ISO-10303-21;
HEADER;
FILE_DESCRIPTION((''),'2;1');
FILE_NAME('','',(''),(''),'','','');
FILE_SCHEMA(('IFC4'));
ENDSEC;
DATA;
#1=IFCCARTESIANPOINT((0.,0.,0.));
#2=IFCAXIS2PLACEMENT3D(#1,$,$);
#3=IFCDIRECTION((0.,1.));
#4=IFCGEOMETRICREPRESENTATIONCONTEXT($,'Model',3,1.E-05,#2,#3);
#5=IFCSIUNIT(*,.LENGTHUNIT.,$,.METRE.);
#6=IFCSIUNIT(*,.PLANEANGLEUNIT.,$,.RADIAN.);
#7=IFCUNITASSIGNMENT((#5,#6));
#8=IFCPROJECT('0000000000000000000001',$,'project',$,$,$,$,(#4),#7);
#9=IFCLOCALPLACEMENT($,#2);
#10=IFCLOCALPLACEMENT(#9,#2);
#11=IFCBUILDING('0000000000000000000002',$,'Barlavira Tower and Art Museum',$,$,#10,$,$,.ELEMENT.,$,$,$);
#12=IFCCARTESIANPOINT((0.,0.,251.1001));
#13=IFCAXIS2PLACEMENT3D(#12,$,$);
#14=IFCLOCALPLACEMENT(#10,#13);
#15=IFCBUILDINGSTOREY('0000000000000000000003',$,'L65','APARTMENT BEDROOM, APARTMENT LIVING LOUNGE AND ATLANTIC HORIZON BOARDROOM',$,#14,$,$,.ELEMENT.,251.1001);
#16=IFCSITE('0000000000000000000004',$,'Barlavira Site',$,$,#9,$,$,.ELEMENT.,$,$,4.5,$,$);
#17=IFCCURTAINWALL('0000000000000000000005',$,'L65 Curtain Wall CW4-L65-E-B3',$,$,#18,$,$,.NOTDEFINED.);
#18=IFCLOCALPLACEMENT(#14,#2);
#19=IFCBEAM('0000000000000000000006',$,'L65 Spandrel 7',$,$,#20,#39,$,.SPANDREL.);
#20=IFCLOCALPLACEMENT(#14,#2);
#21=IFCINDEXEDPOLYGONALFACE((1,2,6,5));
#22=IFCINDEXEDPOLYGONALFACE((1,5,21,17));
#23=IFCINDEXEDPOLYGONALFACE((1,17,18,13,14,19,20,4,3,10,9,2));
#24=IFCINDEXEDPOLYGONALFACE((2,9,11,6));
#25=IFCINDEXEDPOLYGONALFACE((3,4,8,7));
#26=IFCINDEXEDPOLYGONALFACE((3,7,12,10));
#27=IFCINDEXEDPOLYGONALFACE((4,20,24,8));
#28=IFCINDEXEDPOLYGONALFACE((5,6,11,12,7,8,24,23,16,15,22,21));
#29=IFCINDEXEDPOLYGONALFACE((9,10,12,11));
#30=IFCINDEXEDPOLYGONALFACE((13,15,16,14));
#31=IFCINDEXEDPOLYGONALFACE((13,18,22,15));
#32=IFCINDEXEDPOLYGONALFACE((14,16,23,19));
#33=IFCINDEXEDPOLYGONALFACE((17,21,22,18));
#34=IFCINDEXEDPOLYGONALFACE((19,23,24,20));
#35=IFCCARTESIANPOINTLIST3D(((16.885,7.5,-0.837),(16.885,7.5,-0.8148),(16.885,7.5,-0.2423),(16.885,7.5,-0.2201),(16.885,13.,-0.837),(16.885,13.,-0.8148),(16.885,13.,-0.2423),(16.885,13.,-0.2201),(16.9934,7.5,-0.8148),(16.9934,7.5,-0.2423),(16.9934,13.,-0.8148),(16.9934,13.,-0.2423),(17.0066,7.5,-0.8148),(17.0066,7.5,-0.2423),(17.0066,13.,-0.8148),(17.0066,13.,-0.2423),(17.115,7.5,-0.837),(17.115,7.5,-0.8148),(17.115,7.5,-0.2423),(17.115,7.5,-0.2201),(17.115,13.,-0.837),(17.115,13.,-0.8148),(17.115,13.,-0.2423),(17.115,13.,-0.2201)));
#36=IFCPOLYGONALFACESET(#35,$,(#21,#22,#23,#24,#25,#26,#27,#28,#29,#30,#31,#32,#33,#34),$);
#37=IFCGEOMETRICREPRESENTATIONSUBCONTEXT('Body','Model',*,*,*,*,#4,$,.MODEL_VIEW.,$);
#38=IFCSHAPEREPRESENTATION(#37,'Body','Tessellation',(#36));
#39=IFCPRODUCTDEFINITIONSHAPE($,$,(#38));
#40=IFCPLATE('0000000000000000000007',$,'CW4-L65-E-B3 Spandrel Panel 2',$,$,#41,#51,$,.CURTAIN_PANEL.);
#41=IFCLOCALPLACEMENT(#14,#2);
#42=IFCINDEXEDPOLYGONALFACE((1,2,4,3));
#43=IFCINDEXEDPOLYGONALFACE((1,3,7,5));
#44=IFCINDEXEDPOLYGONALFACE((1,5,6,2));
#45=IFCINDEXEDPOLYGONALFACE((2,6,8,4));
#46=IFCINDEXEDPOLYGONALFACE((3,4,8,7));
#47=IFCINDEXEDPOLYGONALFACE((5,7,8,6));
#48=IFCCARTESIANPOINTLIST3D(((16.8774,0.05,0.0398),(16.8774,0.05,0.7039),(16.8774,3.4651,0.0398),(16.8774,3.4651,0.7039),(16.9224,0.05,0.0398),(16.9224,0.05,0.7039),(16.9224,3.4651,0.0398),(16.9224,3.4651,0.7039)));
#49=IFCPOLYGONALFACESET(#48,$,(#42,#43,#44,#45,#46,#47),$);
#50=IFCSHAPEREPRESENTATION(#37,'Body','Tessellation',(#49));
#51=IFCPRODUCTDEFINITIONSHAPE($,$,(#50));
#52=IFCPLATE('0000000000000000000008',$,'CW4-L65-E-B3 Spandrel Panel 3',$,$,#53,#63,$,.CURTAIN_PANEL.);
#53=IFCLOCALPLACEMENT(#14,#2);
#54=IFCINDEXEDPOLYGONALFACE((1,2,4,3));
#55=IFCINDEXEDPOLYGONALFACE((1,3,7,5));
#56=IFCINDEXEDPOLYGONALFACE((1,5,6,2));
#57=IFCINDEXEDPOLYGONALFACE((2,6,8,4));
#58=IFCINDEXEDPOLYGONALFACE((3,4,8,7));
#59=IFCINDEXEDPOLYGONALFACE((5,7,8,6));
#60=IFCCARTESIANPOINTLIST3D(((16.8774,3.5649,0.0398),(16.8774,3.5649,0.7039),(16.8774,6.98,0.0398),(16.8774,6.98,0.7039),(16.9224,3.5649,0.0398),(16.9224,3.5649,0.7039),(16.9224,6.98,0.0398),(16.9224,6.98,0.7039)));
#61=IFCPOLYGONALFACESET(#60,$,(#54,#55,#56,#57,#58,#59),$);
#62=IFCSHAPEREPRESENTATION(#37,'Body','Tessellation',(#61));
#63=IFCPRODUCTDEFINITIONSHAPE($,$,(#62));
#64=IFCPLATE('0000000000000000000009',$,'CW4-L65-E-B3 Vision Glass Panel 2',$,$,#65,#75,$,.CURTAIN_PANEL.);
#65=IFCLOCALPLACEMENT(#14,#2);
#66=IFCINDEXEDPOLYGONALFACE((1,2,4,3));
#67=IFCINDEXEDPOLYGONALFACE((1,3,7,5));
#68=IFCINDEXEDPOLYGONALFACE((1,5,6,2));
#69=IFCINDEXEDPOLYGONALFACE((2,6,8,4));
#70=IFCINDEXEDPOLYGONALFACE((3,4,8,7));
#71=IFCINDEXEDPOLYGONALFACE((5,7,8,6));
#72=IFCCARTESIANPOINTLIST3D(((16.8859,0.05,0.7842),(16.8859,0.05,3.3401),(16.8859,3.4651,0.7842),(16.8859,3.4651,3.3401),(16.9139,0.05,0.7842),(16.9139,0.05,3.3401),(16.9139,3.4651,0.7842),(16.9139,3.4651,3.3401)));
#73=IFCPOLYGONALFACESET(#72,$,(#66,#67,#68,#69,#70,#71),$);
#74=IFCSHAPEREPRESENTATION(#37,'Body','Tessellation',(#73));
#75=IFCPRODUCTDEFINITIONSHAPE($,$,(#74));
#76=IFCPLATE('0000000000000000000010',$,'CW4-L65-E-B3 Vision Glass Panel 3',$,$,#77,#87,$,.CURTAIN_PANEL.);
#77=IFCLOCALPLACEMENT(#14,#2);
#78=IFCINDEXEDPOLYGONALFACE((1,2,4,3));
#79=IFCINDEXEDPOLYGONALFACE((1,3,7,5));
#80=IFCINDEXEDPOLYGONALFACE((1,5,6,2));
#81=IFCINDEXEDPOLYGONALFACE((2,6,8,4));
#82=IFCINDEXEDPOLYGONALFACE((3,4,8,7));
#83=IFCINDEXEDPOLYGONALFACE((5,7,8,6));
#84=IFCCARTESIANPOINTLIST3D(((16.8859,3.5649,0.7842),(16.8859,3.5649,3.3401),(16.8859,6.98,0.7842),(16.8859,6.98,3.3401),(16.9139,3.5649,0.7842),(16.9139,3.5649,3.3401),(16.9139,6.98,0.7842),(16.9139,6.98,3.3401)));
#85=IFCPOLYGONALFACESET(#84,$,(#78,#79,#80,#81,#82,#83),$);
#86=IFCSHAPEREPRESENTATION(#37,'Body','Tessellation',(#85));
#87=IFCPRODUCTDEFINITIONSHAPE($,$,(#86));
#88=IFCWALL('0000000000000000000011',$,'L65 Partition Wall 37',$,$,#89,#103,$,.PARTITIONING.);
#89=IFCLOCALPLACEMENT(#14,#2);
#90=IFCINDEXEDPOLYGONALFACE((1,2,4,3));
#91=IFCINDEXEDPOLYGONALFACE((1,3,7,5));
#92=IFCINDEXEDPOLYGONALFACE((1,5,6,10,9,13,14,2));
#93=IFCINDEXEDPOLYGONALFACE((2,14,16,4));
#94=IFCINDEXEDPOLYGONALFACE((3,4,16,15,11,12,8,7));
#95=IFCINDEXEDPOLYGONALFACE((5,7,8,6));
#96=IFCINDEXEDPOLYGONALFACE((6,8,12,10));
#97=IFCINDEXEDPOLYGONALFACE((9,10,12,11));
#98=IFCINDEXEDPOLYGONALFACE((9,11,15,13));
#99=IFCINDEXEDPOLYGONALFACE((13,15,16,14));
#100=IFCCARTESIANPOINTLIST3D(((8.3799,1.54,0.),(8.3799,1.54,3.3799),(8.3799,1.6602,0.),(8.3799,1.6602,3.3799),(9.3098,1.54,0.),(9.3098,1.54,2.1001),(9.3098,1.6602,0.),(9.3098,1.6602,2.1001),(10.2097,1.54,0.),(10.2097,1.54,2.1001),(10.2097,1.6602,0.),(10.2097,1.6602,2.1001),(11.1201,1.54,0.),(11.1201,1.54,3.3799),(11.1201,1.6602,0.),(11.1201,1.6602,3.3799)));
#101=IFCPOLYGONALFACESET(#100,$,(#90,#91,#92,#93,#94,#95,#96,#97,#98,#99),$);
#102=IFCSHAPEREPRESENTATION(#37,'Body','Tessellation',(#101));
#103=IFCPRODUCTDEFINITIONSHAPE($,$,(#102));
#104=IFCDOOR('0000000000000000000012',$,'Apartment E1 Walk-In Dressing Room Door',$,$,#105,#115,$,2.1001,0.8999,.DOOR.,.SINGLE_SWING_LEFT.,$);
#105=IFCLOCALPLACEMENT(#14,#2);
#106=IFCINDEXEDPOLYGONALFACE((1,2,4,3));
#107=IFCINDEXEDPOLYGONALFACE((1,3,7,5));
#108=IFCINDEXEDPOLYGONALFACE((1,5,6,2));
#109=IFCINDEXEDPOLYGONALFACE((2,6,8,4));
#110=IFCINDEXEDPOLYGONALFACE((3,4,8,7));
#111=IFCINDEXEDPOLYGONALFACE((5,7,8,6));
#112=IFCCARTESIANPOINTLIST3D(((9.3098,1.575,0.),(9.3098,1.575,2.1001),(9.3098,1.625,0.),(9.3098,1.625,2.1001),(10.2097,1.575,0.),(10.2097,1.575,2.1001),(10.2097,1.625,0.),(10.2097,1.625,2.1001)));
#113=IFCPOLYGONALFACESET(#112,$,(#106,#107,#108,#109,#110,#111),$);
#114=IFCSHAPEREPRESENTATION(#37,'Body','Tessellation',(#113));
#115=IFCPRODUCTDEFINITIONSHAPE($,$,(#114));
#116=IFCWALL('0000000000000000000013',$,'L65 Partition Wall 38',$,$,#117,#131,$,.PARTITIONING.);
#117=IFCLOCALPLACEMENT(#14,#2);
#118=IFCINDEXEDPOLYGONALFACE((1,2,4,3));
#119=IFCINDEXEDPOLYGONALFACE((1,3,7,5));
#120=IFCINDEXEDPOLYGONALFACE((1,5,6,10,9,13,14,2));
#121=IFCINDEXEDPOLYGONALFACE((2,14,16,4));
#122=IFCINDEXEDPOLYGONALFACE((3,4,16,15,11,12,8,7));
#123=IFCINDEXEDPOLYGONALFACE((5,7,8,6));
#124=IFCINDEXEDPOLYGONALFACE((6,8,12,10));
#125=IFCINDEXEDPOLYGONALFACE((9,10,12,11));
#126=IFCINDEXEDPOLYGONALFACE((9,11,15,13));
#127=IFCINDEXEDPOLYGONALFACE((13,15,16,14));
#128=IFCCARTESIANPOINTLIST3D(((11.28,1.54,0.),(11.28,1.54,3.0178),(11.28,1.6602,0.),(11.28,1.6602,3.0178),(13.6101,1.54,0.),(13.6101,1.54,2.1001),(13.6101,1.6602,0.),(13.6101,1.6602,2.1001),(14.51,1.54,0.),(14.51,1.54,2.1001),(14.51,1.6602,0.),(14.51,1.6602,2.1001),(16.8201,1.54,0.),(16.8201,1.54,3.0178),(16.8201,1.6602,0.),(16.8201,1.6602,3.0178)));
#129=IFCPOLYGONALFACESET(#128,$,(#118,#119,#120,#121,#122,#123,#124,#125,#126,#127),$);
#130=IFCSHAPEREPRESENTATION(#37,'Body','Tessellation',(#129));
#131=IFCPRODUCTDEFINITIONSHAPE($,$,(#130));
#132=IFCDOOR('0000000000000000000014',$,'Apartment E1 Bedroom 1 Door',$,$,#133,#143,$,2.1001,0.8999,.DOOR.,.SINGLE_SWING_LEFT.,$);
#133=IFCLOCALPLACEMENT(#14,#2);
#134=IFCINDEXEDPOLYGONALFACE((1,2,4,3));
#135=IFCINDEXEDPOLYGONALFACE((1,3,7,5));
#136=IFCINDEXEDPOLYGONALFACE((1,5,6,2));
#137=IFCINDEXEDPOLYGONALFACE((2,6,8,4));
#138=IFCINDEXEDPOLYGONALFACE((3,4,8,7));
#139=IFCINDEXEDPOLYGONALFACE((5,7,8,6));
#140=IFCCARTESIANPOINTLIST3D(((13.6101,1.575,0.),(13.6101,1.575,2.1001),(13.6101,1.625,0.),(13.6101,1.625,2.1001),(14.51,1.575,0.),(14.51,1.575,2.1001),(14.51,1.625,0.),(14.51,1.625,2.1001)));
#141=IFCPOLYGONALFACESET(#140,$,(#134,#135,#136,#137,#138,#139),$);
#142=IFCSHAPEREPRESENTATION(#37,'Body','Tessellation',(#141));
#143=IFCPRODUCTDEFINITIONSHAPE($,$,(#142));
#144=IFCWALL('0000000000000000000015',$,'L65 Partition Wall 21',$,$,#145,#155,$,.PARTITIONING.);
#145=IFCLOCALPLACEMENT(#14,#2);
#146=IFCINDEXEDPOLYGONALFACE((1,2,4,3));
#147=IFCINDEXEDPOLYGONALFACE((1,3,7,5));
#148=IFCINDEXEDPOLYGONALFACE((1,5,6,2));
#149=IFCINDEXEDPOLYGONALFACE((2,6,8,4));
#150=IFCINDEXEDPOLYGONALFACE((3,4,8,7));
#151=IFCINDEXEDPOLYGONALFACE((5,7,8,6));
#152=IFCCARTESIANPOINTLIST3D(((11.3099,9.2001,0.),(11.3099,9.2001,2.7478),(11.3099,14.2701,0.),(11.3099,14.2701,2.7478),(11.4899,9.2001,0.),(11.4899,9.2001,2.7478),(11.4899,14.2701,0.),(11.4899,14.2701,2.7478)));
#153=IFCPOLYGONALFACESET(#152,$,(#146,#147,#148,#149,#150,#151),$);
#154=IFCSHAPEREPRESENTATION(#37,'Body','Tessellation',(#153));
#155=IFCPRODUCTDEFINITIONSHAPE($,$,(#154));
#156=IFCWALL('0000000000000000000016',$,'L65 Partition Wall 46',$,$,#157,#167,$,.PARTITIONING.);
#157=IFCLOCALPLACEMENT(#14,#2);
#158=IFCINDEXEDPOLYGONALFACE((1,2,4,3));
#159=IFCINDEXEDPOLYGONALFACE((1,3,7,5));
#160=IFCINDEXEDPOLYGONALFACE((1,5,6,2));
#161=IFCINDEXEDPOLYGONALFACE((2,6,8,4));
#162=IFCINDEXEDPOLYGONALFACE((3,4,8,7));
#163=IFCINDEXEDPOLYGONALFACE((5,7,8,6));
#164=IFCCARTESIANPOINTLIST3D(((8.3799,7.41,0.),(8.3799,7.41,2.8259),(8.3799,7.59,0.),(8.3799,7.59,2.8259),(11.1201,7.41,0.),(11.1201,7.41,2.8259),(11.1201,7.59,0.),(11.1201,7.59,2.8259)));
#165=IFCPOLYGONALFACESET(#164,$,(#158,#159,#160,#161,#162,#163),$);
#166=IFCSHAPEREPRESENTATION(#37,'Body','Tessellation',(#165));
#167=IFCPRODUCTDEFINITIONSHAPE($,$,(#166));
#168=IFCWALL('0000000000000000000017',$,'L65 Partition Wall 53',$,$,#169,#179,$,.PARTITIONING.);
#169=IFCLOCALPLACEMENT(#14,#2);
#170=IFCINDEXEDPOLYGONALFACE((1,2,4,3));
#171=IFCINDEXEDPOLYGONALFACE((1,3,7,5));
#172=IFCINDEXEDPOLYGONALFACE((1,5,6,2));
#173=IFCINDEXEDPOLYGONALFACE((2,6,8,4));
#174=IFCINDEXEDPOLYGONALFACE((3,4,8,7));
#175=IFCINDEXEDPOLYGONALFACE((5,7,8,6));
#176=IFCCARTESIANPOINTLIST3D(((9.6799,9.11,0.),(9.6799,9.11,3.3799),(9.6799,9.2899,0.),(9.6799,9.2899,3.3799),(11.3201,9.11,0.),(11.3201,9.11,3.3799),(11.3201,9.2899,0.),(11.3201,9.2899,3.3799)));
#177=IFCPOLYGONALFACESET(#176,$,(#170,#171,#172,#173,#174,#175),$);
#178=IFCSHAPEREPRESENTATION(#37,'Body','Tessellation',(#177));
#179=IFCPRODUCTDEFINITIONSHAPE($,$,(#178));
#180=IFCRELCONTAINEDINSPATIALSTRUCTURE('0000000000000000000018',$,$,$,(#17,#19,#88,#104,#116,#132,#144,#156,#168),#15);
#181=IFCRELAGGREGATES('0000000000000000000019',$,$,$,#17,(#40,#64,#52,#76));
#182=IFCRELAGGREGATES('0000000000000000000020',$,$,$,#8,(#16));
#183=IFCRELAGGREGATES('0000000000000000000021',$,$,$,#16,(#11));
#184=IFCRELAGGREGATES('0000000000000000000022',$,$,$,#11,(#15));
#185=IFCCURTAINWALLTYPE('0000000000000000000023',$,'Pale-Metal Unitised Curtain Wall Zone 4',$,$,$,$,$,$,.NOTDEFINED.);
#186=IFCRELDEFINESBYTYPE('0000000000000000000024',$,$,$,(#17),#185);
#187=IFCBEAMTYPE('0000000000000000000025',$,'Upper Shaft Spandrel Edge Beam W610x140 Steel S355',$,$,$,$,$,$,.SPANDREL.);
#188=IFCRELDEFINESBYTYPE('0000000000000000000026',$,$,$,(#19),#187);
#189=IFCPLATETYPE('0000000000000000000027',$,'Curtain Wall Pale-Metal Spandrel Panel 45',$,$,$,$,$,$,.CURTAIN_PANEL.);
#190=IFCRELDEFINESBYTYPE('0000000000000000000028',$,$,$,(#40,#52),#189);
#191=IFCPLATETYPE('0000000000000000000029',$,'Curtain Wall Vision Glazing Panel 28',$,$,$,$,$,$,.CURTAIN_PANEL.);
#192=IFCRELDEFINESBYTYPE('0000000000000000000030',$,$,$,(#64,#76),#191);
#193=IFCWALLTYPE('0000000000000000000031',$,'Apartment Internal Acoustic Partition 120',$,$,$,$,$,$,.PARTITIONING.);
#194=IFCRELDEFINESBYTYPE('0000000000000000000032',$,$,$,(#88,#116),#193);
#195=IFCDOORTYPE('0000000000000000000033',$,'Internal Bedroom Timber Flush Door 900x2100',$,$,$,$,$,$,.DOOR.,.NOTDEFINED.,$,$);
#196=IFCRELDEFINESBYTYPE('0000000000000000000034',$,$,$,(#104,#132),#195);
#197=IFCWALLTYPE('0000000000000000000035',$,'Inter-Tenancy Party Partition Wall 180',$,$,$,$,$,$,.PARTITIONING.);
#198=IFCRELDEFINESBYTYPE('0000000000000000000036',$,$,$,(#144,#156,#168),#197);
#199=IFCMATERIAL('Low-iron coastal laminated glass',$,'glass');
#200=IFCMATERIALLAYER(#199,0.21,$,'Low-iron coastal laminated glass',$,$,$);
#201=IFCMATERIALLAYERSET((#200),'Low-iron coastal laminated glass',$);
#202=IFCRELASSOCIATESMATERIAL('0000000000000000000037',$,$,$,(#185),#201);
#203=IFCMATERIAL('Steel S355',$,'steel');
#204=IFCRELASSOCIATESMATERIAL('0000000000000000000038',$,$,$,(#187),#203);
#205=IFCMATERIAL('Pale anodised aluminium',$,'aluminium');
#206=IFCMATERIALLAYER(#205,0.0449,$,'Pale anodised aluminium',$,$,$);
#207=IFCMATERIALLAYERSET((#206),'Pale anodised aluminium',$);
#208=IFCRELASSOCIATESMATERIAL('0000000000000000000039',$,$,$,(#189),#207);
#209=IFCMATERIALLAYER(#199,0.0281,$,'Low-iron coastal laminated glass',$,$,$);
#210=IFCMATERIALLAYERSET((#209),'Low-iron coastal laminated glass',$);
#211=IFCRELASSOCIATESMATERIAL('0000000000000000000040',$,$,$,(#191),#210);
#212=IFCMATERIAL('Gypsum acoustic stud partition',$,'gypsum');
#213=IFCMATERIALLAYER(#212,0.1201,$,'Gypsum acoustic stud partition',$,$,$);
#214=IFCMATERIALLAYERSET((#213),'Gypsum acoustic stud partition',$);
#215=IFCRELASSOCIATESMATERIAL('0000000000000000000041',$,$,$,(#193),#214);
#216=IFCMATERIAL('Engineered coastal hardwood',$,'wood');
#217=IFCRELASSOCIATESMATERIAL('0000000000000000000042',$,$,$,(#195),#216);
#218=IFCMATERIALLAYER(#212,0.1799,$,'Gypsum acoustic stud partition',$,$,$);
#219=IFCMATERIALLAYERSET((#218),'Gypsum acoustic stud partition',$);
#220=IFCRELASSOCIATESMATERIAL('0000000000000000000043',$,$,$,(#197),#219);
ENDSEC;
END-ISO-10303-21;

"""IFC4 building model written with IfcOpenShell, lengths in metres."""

from ifc_helpers import new_model, si_unit, direction, frame, frame_2d, origin, origin_2d, place, context, subcontext, project, spatial, rectangle, i_section, extrude, material, layer, layer_set, material_profile, profile_set, type_object, element, fill, aggregate, save


model = new_model("IFC4")

# Units and contexts
model_context = context("Model", 3, precision=1e-05, world=origin(), true_north=direction((0.0, 1.0)))
body_context = subcontext(model_context, "Body", "Model", "MODEL_VIEW")
ifc_project = project(units=[si_unit("LENGTHUNIT", "METRE"), si_unit("PLANEANGLEUNIT", "RADIAN")], contexts=[model_context])

# Site, building, storey
site_placement = place(None, origin())
site = spatial("IfcSite", under=ifc_project, at=site_placement, Name="Barlavira Site", CompositionType="ELEMENT", RefElevation=4.5)
building_placement = place(site_placement, origin())
building = spatial("IfcBuilding", under=site, at=building_placement, Name="Barlavira Tower and Art Museum", CompositionType="ELEMENT")
storey_placement = place(building_placement, frame((0.0, 0.0, 251.1001)))
storey = spatial("IfcBuildingStorey", under=building, at=storey_placement, Name="L65", Description="APARTMENT BEDROOM, APARTMENT LIVING LOUNGE AND ATLANTIC HORIZON BOARDROOM", CompositionType="ELEMENT", Elevation=251.1001)

# Curtain wall
ifc_material_1 = material(Name="Low-iron coastal laminated glass", Category="glass")
ifc_layer_1 = layer(ifc_material_1, 0.21, Name="Low-iron coastal laminated glass")
ifc_layer_set_1 = layer_set([ifc_layer_1], Name="Low-iron coastal laminated glass")
curtain_wall_type = type_object("IfcCurtainWallType", Name="Pale-Metal Unitised Curtain Wall Zone 4", PredefinedType="NOTDEFINED", material=ifc_layer_set_1)
curtain_wall_placement = place(storey_placement, origin())
curtain_wall = element("IfcCurtainWall", 1, at=curtain_wall_placement, inside=storey, type_object=curtain_wall_type, Name="L65 Curtain Wall CW4-L65-E-B3", PredefinedType="NOTDEFINED")
ifc_material_2 = material(Name="Pale anodised aluminium", Category="aluminium")

# Beam
ifc_material_3 = material(Name="Steel S355", Category="steel")
ifc_material_profile_1 = material_profile(ifc_material_3, i_section(OverallWidth=0.23, OverallDepth=0.6169, WebThickness=0.0132, FlangeThickness=0.0222, at=origin_2d()), Name="W610x140.0")
ifc_profile_set_1 = profile_set([ifc_material_profile_1], Name="Steel S355")
beam_type = type_object("IfcBeamType", Name="Upper Shaft Spandrel Edge Beam W610x140 Steel S355", PredefinedType="SPANDREL", material=ifc_profile_set_1)
beam_placement = place(storey_placement, frame((17.0, 7.5, -0.5286), z_axis=(0.0, 1.0, 0.0), x_axis=(-1.0, 0.0, 0.0)))
element("IfcBeam", 2, at=beam_placement, inside=storey, type_object=beam_type, Name="L65 Spandrel 7", PredefinedType="SPANDREL", context=body_context, shape_type="SweptSolid", body=[
    extrude(i_section(OverallWidth=0.23, OverallDepth=0.6169, WebThickness=0.0132, FlangeThickness=0.0222, at=origin_2d()), origin(), (0.0, 0.0, 1.0), 5.5),
])

# Plates
ifc_layer_2 = layer(ifc_material_2, 0.0449, Name="Pale anodised aluminium")
ifc_layer_set_2 = layer_set([ifc_layer_2], Name="Pale anodised aluminium")
plate_type_1 = type_object("IfcPlateType", Name="Curtain Wall Pale-Metal Spandrel Panel 45", PredefinedType="CURTAIN_PANEL", material=ifc_layer_set_2)
plate_1_placement = place(storey_placement, frame((16.8999, 1.7576, 0.0398), z_axis=(0.0, 0.0, 1.0), x_axis=(0.0, 1.0, 0.0)))
plate_1 = element("IfcPlate", 3, at=plate_1_placement, type_object=plate_type_1, Name="CW4-L65-E-B3 Spandrel Panel 2", PredefinedType="CURTAIN_PANEL", context=body_context, shape_type="SweptSolid", body=[
    extrude(rectangle(XDim=3.415, YDim=0.0449, at=origin_2d()), origin(), (0.0, 0.0, 1.0), 0.6641),
])
plate_2_placement = place(storey_placement, frame((16.8999, 5.2725, 0.0398), z_axis=(0.0, 0.0, 1.0), x_axis=(0.0, 1.0, 0.0)))
plate_2 = element("IfcPlate", 4, at=plate_2_placement, type_object=plate_type_1, Name="CW4-L65-E-B3 Spandrel Panel 3", PredefinedType="CURTAIN_PANEL", context=body_context, shape_type="SweptSolid", body=[
    extrude(rectangle(XDim=3.415, YDim=0.0449, at=origin_2d()), origin(), (0.0, 0.0, 1.0), 0.6641),
])
ifc_layer_3 = layer(ifc_material_1, 0.0281, Name="Low-iron coastal laminated glass")
ifc_layer_set_3 = layer_set([ifc_layer_3], Name="Low-iron coastal laminated glass")
plate_type_2 = type_object("IfcPlateType", Name="Curtain Wall Vision Glazing Panel 28", PredefinedType="CURTAIN_PANEL", material=ifc_layer_set_3)
plate_3_placement = place(storey_placement, frame((16.8999, 1.7576, 0.7842), z_axis=(0.0, 0.0, 1.0), x_axis=(0.0, 1.0, 0.0)))
plate_3 = element("IfcPlate", 5, at=plate_3_placement, type_object=plate_type_2, Name="CW4-L65-E-B3 Vision Glass Panel 2", PredefinedType="CURTAIN_PANEL", context=body_context, shape_type="SweptSolid", body=[
    extrude(rectangle(XDim=3.415, YDim=0.0281, at=origin_2d()), origin(), (0.0, 0.0, 1.0), 2.5559),
])
plate_4_placement = place(storey_placement, frame((16.8999, 5.2725, 0.7842), z_axis=(0.0, 0.0, 1.0), x_axis=(0.0, 1.0, 0.0)))
plate_4 = element("IfcPlate", 6, at=plate_4_placement, type_object=plate_type_2, Name="CW4-L65-E-B3 Vision Glass Panel 3", PredefinedType="CURTAIN_PANEL", context=body_context, shape_type="SweptSolid", body=[
    extrude(rectangle(XDim=3.415, YDim=0.0281, at=origin_2d()), origin(), (0.0, 0.0, 1.0), 2.5559),
])
aggregate(curtain_wall, [plate_1, plate_3, plate_2, plate_4])

# Walls, openings, doors
ifc_material_4 = material(Name="Gypsum acoustic stud partition", Category="gypsum")
ifc_layer_4 = layer(ifc_material_4, 0.1201, Name="Gypsum acoustic stud partition")
ifc_layer_set_4 = layer_set([ifc_layer_4], Name="Gypsum acoustic stud partition")
wall_type_1 = type_object("IfcWallType", Name="Apartment Internal Acoustic Partition 120", PredefinedType="PARTITIONING", material=ifc_layer_set_4)
wall_1_placement = place(storey_placement, frame((8.3799, 1.6001, 0.0), z_axis=(0.0, 0.0, 1.0), x_axis=(1.0, 0.0, 0.0)))
wall_1 = element("IfcWall", 7, at=wall_1_placement, inside=storey, type_object=wall_type_1, Name="L65 Partition Wall 37", PredefinedType="PARTITIONING", context=body_context, shape_type="SweptSolid", body=[
    extrude(rectangle(XDim=2.7402, YDim=0.1201, at=frame_2d((1.3701, 0.0))), origin(), (0.0, 0.0, 1.0), 3.3799),
])
opening_1_placement = place(wall_1_placement, frame((0.9299, 0.0, 0.0)))
opening_1 = element("IfcOpeningElement", 8, at=opening_1_placement, cuts=wall_1, PredefinedType="OPENING", context=body_context, shape_type="SweptSolid", body=[
    extrude(rectangle(XDim=0.8999, YDim=2.1001, at=frame_2d((0.45, 1.05))), frame((0.0, 0.0701, 0.0), z_axis=(0.0, -1.0, 0.0), x_axis=(1.0, 0.0, 0.0)), (0.0, 0.0, 1.0), 0.1401),
])
ifc_material_5 = material(Name="Engineered coastal hardwood", Category="wood")
door_type_1 = type_object("IfcDoorType", Name="Internal Bedroom Timber Flush Door 900x2100", OperationType="NOTDEFINED", PredefinedType="DOOR", material=ifc_material_5)
door_1_placement = place(opening_1_placement, origin())
door_1 = element("IfcDoor", 9, at=door_1_placement, inside=storey, type_object=door_type_1, Name="Apartment E1 Walk-In Dressing Room Door", OperationType="SINGLE_SWING_LEFT", OverallHeight=2.1001, OverallWidth=0.8999, PredefinedType="DOOR", context=body_context, shape_type="SweptSolid", body=[
    extrude(rectangle(XDim=0.8999, YDim=2.1001, at=frame_2d((0.45, 1.05))), frame((0.0, 0.0249, 0.0), z_axis=(0.0, -1.0, 0.0), x_axis=(1.0, 0.0, 0.0)), (0.0, 0.0, 1.0), 0.05),
])
fill(opening_1, door_1)
wall_2_placement = place(storey_placement, frame((11.28, 1.6001, 0.0), z_axis=(0.0, 0.0, 1.0), x_axis=(1.0, 0.0, 0.0)))
wall_2 = element("IfcWall", 10, at=wall_2_placement, inside=storey, type_object=wall_type_1, Name="L65 Partition Wall 38", PredefinedType="PARTITIONING", context=body_context, shape_type="SweptSolid", body=[
    extrude(rectangle(XDim=5.54, YDim=0.1201, at=frame_2d((2.77, 0.0))), origin(), (0.0, 0.0, 1.0), 3.0178),
])
opening_2_placement = place(wall_2_placement, frame((2.3301, 0.0, 0.0)))
opening_2 = element("IfcOpeningElement", 11, at=opening_2_placement, cuts=wall_2, PredefinedType="OPENING", context=body_context, shape_type="SweptSolid", body=[
    extrude(rectangle(XDim=0.8999, YDim=2.1001, at=frame_2d((0.45, 1.05))), frame((0.0, 0.0701, 0.0), z_axis=(0.0, -1.0, 0.0), x_axis=(1.0, 0.0, 0.0)), (0.0, 0.0, 1.0), 0.1401),
])
door_2_placement = place(opening_2_placement, origin())
door_2 = element("IfcDoor", 12, at=door_2_placement, inside=storey, type_object=door_type_1, Name="Apartment E1 Bedroom 1 Door", OperationType="SINGLE_SWING_LEFT", OverallHeight=2.1001, OverallWidth=0.8999, PredefinedType="DOOR", context=body_context, shape_type="SweptSolid", body=[
    extrude(rectangle(XDim=0.8999, YDim=2.1001, at=frame_2d((0.45, 1.05))), frame((0.0, 0.0249, 0.0), z_axis=(0.0, -1.0, 0.0), x_axis=(1.0, 0.0, 0.0)), (0.0, 0.0, 1.0), 0.05),
])
fill(opening_2, door_2)

# Walls
ifc_layer_5 = layer(ifc_material_4, 0.1799, Name="Gypsum acoustic stud partition")
ifc_layer_set_5 = layer_set([ifc_layer_5], Name="Gypsum acoustic stud partition")
wall_type_2 = type_object("IfcWallType", Name="Inter-Tenancy Party Partition Wall 180", PredefinedType="PARTITIONING", material=ifc_layer_set_5)
wall_3_placement = place(storey_placement, frame((11.3999, 9.2, 0.0), z_axis=(0.0, 0.0, 1.0), x_axis=(0.0, 1.0, 0.0)))
element("IfcWall", 13, at=wall_3_placement, inside=storey, type_object=wall_type_2, Name="L65 Partition Wall 21", PredefinedType="PARTITIONING", context=body_context, shape_type="SweptSolid", body=[
    extrude(rectangle(XDim=5.0701, YDim=0.1799, at=frame_2d((2.5352, 0.0))), origin(), (0.0, 0.0, 1.0), 2.7478),
])
wall_4_placement = place(storey_placement, frame((8.3799, 7.5, 0.0), z_axis=(0.0, 0.0, 1.0), x_axis=(1.0, 0.0, 0.0)))
element("IfcWall", 14, at=wall_4_placement, inside=storey, type_object=wall_type_2, Name="L65 Partition Wall 46", PredefinedType="PARTITIONING", context=body_context, shape_type="SweptSolid", body=[
    extrude(rectangle(XDim=2.7402, YDim=0.1799, at=frame_2d((1.3701, 0.0))), origin(), (0.0, 0.0, 1.0), 2.8259),
])
wall_5_placement = place(storey_placement, frame((9.6799, 9.2, 0.0), z_axis=(0.0, 0.0, 1.0), x_axis=(1.0, 0.0, 0.0)))
element("IfcWall", 15, at=wall_5_placement, inside=storey, type_object=wall_type_2, Name="L65 Partition Wall 53", PredefinedType="PARTITIONING", context=body_context, shape_type="SweptSolid", body=[
    extrude(rectangle(XDim=1.6401, YDim=0.1799, at=frame_2d((0.8201, 0.0))), origin(), (0.0, 0.0, 1.0), 3.3799),
])

save(model, "model.ifc")
